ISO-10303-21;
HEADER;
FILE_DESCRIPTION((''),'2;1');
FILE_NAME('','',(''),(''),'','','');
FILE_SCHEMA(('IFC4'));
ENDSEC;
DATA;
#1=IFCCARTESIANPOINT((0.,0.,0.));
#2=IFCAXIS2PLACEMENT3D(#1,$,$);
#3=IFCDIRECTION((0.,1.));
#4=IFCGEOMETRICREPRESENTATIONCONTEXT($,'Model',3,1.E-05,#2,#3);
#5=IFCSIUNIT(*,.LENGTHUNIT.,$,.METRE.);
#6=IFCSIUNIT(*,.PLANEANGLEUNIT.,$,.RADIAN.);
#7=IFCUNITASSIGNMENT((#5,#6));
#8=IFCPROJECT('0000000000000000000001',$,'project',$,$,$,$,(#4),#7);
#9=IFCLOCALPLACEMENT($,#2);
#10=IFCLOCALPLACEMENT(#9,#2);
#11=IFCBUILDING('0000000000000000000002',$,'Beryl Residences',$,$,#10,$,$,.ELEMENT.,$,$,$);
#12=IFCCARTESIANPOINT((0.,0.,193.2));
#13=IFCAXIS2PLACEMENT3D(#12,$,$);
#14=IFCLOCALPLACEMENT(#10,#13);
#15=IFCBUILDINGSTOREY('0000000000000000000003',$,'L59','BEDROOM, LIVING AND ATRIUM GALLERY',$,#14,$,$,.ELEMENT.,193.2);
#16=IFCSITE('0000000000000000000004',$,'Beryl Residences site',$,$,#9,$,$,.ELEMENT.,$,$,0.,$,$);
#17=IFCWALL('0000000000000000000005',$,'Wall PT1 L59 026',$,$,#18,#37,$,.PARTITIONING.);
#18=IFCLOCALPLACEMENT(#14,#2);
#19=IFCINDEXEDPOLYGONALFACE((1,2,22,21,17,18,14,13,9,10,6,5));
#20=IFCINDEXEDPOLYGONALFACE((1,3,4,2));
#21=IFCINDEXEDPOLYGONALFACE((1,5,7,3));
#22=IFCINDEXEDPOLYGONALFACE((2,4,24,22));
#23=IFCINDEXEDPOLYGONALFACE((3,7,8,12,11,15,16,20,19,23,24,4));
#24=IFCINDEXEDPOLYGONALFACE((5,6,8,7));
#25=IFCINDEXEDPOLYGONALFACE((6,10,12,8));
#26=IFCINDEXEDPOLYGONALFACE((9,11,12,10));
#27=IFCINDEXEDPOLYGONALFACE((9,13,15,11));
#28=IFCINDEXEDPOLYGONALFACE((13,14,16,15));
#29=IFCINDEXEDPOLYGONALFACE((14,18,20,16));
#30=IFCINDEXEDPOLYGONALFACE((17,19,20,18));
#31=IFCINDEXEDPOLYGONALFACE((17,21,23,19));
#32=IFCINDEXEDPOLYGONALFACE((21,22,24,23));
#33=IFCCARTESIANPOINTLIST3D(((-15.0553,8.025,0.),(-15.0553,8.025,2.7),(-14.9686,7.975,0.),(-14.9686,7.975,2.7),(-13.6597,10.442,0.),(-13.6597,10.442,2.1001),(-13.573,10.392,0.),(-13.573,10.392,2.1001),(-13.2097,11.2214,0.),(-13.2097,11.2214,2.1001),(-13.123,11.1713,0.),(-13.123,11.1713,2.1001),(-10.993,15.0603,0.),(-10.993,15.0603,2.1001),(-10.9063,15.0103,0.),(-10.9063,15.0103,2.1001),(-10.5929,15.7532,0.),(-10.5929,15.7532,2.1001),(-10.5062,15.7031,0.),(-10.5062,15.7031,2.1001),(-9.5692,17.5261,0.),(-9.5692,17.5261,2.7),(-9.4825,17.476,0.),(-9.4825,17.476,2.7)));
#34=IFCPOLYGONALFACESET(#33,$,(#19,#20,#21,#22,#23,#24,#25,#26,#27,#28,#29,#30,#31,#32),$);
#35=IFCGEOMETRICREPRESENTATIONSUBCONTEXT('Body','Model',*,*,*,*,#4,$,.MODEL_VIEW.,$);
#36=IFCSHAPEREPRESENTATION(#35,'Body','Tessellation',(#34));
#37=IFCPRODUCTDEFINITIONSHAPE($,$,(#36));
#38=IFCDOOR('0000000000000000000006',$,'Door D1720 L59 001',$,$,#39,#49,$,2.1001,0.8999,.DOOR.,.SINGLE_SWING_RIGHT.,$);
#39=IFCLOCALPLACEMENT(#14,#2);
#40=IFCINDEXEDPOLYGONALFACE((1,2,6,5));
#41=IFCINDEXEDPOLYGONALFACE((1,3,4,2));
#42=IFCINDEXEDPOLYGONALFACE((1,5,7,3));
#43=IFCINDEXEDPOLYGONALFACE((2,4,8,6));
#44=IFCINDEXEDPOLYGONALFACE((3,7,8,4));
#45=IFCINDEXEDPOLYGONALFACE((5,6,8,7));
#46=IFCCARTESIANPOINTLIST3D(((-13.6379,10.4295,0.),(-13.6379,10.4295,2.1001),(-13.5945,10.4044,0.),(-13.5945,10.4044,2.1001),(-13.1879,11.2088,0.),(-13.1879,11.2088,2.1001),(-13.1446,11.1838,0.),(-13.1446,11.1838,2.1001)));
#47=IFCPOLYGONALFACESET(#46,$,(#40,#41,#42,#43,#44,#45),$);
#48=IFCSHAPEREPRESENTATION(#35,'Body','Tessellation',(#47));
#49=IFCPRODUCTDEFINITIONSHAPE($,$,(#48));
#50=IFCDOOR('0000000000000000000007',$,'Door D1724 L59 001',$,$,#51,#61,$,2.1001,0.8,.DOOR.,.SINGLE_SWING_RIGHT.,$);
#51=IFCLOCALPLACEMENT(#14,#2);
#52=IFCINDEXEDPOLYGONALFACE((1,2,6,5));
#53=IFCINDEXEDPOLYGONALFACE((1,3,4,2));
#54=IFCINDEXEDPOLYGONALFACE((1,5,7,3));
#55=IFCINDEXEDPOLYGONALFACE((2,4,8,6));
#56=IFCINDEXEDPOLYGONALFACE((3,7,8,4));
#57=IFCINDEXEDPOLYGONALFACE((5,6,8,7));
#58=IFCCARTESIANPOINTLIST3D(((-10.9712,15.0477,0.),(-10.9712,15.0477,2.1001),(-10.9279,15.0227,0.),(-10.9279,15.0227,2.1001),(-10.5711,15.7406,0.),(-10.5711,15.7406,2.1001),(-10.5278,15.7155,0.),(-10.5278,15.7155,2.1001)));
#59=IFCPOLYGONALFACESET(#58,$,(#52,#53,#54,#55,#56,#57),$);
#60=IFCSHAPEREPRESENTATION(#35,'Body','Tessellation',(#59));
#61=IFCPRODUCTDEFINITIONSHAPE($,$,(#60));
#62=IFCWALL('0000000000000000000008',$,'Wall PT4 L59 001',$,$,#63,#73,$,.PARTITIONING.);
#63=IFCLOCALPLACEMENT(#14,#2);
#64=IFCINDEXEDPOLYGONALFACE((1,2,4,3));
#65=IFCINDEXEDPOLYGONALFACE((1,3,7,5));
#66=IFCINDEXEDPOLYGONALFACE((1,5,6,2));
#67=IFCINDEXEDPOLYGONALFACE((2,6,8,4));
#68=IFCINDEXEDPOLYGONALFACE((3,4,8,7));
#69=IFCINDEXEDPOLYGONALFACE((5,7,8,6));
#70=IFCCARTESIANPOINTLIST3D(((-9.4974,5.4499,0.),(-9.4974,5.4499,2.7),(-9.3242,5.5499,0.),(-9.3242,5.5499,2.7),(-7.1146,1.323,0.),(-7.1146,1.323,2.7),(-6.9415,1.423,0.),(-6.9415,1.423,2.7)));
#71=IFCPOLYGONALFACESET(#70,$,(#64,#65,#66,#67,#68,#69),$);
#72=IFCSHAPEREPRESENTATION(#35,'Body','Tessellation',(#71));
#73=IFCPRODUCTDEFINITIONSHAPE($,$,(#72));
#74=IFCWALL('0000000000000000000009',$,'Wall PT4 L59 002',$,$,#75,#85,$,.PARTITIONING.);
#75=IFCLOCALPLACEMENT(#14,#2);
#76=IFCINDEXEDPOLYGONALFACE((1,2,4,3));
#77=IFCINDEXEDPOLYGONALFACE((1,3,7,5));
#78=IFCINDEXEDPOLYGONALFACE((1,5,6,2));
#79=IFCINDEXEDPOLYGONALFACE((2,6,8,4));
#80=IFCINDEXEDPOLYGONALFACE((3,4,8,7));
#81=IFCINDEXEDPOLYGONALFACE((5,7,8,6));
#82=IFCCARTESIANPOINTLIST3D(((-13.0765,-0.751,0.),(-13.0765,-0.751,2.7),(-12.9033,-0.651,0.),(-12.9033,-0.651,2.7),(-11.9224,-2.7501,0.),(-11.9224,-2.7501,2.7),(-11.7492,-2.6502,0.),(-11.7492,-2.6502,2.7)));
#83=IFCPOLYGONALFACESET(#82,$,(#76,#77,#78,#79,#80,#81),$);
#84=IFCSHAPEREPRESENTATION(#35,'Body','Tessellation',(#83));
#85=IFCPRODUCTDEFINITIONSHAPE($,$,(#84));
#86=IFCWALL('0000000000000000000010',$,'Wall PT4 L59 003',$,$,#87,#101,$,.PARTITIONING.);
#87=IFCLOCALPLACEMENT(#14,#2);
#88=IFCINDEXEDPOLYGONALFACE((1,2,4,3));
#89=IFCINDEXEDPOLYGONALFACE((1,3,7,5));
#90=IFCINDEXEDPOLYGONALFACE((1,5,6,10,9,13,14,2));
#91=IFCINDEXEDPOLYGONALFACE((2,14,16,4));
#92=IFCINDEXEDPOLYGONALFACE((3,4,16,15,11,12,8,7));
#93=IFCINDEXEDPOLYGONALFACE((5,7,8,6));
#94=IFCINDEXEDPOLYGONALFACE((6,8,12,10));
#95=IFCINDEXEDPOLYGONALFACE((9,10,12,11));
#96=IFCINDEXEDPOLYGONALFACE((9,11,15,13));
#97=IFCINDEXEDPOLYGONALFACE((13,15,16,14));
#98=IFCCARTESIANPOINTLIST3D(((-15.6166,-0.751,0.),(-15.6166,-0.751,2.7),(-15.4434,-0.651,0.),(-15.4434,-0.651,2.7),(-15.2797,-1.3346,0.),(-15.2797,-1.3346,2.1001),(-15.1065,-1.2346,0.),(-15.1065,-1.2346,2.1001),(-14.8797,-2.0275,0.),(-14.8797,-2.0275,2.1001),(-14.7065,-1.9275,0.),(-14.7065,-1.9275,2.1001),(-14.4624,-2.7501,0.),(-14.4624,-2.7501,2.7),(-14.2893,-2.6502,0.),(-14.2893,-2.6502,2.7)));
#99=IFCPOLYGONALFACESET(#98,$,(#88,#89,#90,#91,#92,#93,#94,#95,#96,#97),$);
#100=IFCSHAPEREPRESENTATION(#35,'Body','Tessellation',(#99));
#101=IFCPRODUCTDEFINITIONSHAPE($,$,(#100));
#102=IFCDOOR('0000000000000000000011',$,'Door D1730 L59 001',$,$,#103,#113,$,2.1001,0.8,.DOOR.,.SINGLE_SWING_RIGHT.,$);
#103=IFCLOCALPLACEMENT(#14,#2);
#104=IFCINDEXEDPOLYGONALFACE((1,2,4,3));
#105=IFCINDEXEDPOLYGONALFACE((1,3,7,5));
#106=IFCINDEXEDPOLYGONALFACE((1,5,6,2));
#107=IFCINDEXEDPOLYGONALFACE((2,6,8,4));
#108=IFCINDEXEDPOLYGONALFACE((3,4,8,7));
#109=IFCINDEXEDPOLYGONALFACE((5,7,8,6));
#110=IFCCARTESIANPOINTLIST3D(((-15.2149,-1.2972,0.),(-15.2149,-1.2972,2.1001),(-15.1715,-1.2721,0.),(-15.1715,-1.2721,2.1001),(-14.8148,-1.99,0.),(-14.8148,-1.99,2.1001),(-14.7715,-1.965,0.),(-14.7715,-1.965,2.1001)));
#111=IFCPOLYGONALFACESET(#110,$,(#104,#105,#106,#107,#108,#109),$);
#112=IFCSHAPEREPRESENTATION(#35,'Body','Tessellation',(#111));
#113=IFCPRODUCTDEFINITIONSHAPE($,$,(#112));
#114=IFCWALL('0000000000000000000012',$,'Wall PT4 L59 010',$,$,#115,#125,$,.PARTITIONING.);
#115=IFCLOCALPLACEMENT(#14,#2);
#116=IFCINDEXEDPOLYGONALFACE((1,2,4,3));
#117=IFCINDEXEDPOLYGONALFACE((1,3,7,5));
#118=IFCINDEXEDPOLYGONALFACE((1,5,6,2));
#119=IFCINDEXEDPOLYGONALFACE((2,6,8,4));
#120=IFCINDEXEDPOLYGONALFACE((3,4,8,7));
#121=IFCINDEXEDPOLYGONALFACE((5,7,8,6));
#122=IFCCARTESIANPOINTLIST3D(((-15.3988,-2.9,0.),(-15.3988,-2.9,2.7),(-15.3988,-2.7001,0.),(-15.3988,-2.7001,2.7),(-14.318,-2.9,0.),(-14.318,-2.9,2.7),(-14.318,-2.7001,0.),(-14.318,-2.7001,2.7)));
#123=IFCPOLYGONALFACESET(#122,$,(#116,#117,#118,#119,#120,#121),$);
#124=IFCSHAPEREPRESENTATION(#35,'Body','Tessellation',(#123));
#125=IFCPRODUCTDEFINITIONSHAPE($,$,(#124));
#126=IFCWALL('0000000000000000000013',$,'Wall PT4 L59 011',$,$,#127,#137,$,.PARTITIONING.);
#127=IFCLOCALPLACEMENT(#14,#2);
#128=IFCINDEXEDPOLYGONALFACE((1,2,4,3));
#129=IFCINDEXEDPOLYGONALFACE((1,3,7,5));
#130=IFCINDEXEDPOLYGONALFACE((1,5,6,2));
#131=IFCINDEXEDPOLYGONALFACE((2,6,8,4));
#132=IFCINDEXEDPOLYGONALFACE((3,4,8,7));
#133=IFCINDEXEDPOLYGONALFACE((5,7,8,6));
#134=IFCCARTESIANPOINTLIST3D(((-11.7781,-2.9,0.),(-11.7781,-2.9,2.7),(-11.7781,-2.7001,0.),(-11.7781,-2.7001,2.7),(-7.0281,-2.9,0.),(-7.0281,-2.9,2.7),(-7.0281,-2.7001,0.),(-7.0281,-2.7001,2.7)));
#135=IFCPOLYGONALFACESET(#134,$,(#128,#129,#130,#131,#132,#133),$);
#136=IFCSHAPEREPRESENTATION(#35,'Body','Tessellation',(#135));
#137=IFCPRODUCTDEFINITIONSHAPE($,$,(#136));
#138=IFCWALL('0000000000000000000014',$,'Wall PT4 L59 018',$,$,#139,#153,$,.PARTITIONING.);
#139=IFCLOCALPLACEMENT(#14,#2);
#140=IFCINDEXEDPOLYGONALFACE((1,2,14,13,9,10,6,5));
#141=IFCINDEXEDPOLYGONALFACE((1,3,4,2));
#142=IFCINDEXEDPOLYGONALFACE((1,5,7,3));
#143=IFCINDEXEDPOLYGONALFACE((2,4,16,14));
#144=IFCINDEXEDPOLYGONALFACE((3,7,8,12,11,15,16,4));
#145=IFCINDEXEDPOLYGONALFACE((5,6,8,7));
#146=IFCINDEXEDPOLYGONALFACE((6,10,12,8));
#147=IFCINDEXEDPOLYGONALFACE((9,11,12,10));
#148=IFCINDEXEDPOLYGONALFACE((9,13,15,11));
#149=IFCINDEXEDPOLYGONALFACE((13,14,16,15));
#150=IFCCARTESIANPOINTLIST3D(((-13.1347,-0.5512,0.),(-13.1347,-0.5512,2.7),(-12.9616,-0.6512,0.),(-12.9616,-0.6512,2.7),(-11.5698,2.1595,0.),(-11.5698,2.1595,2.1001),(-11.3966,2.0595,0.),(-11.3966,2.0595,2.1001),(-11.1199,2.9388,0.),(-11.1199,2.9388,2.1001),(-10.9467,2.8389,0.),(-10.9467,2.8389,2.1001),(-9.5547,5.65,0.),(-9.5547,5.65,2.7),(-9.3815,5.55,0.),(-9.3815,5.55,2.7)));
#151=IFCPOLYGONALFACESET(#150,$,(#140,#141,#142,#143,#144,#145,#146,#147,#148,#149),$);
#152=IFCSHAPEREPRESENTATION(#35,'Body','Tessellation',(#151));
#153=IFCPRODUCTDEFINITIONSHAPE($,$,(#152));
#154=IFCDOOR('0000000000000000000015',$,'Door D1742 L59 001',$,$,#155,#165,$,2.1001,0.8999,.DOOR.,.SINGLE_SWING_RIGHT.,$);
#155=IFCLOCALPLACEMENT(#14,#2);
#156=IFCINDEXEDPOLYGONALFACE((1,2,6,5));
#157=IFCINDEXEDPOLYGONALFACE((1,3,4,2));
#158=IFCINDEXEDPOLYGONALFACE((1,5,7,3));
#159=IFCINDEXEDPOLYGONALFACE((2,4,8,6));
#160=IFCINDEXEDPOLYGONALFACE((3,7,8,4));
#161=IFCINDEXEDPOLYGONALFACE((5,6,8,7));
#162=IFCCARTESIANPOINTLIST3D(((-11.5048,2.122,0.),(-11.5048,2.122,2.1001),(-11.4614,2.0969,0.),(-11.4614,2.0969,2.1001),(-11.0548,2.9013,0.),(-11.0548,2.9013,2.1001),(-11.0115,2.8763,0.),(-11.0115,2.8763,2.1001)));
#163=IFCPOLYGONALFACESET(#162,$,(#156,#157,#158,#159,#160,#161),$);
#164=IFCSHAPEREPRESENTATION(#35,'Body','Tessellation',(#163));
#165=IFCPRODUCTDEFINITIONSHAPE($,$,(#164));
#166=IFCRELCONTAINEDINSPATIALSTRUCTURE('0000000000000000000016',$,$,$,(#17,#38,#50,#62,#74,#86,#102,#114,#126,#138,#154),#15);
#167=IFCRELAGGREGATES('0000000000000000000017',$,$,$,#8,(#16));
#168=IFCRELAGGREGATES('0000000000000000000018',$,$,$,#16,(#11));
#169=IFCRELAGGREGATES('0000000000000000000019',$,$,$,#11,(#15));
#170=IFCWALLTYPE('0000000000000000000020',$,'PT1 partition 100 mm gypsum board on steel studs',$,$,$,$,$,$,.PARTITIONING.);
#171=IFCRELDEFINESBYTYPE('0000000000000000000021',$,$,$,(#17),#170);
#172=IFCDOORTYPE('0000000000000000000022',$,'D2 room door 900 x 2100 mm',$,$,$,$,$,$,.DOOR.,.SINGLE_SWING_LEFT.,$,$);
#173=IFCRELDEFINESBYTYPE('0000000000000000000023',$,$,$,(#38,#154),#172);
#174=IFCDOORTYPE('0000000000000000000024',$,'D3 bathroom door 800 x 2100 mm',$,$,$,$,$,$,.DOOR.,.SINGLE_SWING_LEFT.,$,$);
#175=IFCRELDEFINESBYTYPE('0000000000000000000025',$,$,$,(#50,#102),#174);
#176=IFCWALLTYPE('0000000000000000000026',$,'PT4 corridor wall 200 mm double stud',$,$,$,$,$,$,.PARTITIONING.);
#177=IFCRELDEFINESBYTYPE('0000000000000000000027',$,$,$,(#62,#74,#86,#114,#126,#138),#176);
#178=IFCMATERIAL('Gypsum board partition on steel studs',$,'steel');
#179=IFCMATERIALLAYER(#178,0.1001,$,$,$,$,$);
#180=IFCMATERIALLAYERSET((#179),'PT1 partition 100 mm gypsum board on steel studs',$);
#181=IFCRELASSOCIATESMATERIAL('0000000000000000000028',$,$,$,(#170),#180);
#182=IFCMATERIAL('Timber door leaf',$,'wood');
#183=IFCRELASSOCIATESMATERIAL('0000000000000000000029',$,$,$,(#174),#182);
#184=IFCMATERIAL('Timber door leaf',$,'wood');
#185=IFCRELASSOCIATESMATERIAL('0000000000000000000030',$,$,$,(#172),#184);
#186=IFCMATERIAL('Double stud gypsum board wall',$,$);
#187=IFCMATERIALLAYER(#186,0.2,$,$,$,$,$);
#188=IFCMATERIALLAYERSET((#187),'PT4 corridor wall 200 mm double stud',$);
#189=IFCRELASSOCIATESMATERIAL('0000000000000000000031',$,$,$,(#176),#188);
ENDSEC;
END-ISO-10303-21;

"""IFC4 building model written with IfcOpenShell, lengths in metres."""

from ifc_helpers import new_model, si_unit, direction, frame, frame_2d, origin, place, context, subcontext, project, spatial, rectangle, extrude, material, layer, layer_set, type_object, element, fill, save


model = new_model("IFC4")

# Units and contexts
model_context = context("Model", 3, precision=1e-05, world=origin(), true_north=direction((0.0, 1.0)))
body_context = subcontext(model_context, "Body", "Model", "MODEL_VIEW")
ifc_project = project(units=[si_unit("LENGTHUNIT", "METRE"), si_unit("PLANEANGLEUNIT", "RADIAN")], contexts=[model_context])

# Site, building, storey
site_placement = place(None, origin())
site = spatial("IfcSite", under=ifc_project, at=site_placement, Name="Beryl Residences site", CompositionType="ELEMENT", RefElevation=0.0)
building_placement = place(site_placement, origin())
building = spatial("IfcBuilding", under=site, at=building_placement, Name="Beryl Residences", CompositionType="ELEMENT")
storey_placement = place(building_placement, frame((0.0, 0.0, 193.2)))
storey = spatial("IfcBuildingStorey", under=building, at=storey_placement, Name="L59", Description="BEDROOM, LIVING AND ATRIUM GALLERY", CompositionType="ELEMENT", Elevation=193.2)

# Shared definitions
ifc_material_1 = material(Name="Gypsum board partition on steel studs", Category="steel")
ifc_layer_1 = layer(ifc_material_1, 0.1001)
ifc_layer_set_1 = layer_set([ifc_layer_1], Name="PT1 partition 100 mm gypsum board on steel studs")
wall_type_1 = type_object("IfcWallType", Name="PT1 partition 100 mm gypsum board on steel studs", PredefinedType="PARTITIONING", material=ifc_layer_set_1)
ifc_material_2 = material(Name="Timber door leaf", Category="wood")
door_type_1 = type_object("IfcDoorType", Name="D3 bathroom door 800 x 2100 mm", OperationType="SINGLE_SWING_LEFT", PredefinedType="DOOR", material=ifc_material_2)
ifc_material_3 = material(Name="Timber door leaf", Category="wood")
door_type_2 = type_object("IfcDoorType", Name="D2 room door 900 x 2100 mm", OperationType="SINGLE_SWING_LEFT", PredefinedType="DOOR", material=ifc_material_3)

# Wall, openings, doors
wall_1_placement = place(storey_placement, frame((-15.012, 8.0, 0.0), z_axis=(0.0, 0.0, 1.0), x_axis=(0.500047, 0.865998, 0.0)))
wall_1 = element("IfcWall", 1, at=wall_1_placement, inside=storey, type_object=wall_type_1, Name="Wall PT1 L59 026", PredefinedType="PARTITIONING", context=body_context, shape_type="SweptSolid", body=[
    extrude(rectangle(XDim=10.9712, YDim=0.1001, at=frame_2d((5.4856, 0.0))), origin(), (0.0, 0.0, 1.0), 2.7),
])
opening_1_placement = place(wall_1_placement, frame((2.791, 0.0, 0.0)))
opening_1 = element("IfcOpeningElement", 2, at=opening_1_placement, cuts=wall_1, PredefinedType="OPENING", context=body_context, shape_type="SweptSolid", body=[
    extrude(rectangle(XDim=0.8999, YDim=2.1001, at=frame_2d((0.45, 1.05))), frame((0.0, 0.0601, 0.0), z_axis=(0.0, -1.0, 0.0), x_axis=(1.0, 0.0, 0.0)), (0.0, 0.0, 1.0), 0.1201),
])
opening_2_placement = place(wall_1_placement, frame((8.124, 0.0, 0.0)))
opening_2 = element("IfcOpeningElement", 3, at=opening_2_placement, cuts=wall_1, PredefinedType="OPENING", context=body_context, shape_type="SweptSolid", body=[
    extrude(rectangle(XDim=0.8, YDim=2.1001, at=frame_2d((0.3999, 1.05))), frame((0.0, 0.0601, 0.0), z_axis=(0.0, -1.0, 0.0), x_axis=(1.0, 0.0, 0.0)), (0.0, 0.0, 1.0), 0.1201),
])
door_1_placement = place(opening_1_placement, origin())
door_1 = element("IfcDoor", 4, at=door_1_placement, inside=storey, type_object=door_type_2, Name="Door D1720 L59 001", OperationType="SINGLE_SWING_RIGHT", OverallHeight=2.1001, OverallWidth=0.8999, PredefinedType="DOOR", context=body_context, shape_type="SweptSolid", body=[
    extrude(rectangle(XDim=0.8999, YDim=2.1001, at=frame_2d((0.45, 1.05))), frame((0.0, 0.0249, 0.0), z_axis=(0.0, -1.0, 0.0), x_axis=(1.0, 0.0, 0.0)), (0.0, 0.0, 1.0), 0.05),
])
fill(opening_1, door_1)
door_2_placement = place(opening_2_placement, origin())
door_2 = element("IfcDoor", 5, at=door_2_placement, inside=storey, type_object=door_type_1, Name="Door D1724 L59 001", OperationType="SINGLE_SWING_RIGHT", OverallHeight=2.1001, OverallWidth=0.8, PredefinedType="DOOR", context=body_context, shape_type="SweptSolid", body=[
    extrude(rectangle(XDim=0.8, YDim=2.1001, at=frame_2d((0.3999, 1.05))), frame((0.0, 0.0249, 0.0), z_axis=(0.0, -1.0, 0.0), x_axis=(1.0, 0.0, 0.0)), (0.0, 0.0, 1.0), 0.05),
])
fill(opening_2, door_2)

# Walls
ifc_material_4 = material(Name="Double stud gypsum board wall")
ifc_layer_2 = layer(ifc_material_4, 0.2)
ifc_layer_set_2 = layer_set([ifc_layer_2], Name="PT4 corridor wall 200 mm double stud")
wall_type_2 = type_object("IfcWallType", Name="PT4 corridor wall 200 mm double stud", PredefinedType="PARTITIONING", material=ifc_layer_set_2)
wall_2_placement = place(storey_placement, frame((-9.4109, 5.5, 0.0), z_axis=(0.0, 0.0, 1.0), x_axis=(0.500018, -0.866015, 0.0)))
element("IfcWall", 6, at=wall_2_placement, inside=storey, type_object=wall_type_2, Name="Wall PT4 L59 001", PredefinedType="PARTITIONING", context=body_context, shape_type="SweptSolid", body=[
    extrude(rectangle(XDim=4.7654, YDim=0.2, at=frame_2d((2.3828, 0.0))), origin(), (0.0, 0.0, 1.0), 2.7),
])
wall_3_placement = place(storey_placement, frame((-12.99, -0.7009, 0.0), z_axis=(0.0, 0.0, 1.0), x_axis=(0.499973, -0.866041, 0.0)))
element("IfcWall", 7, at=wall_3_placement, inside=storey, type_object=wall_type_2, Name="Wall PT4 L59 002", PredefinedType="PARTITIONING", context=body_context, shape_type="SweptSolid", body=[
    extrude(rectangle(XDim=2.3083, YDim=0.2, at=frame_2d((1.1543, 0.0))), origin(), (0.0, 0.0, 1.0), 2.7),
])

# Wall, opening, door
wall_4_placement = place(storey_placement, frame((-15.53, -0.7009, 0.0), z_axis=(0.0, 0.0, 1.0), x_axis=(0.499973, -0.866041, 0.0)))
wall_4 = element("IfcWall", 8, at=wall_4_placement, inside=storey, type_object=wall_type_2, Name="Wall PT4 L59 003", PredefinedType="PARTITIONING", context=body_context, shape_type="SweptSolid", body=[
    extrude(rectangle(XDim=2.3083, YDim=0.2, at=frame_2d((1.1543, 0.0))), origin(), (0.0, 0.0, 1.0), 2.7),
])
opening_3_placement = place(wall_4_placement, frame((0.6741, 0.0, 0.0)))
opening_3 = element("IfcOpeningElement", 9, at=opening_3_placement, cuts=wall_4, PredefinedType="OPENING", context=body_context, shape_type="SweptSolid", body=[
    extrude(rectangle(XDim=0.8, YDim=2.1001, at=frame_2d((0.3999, 1.05))), frame((0.0, 0.1099, 0.0), z_axis=(0.0, -1.0, 0.0), x_axis=(1.0, 0.0, 0.0)), (0.0, 0.0, 1.0), 0.22),
])
door_3_placement = place(opening_3_placement, origin())
door_3 = element("IfcDoor", 10, at=door_3_placement, inside=storey, type_object=door_type_1, Name="Door D1730 L59 001", OperationType="SINGLE_SWING_RIGHT", OverallHeight=2.1001, OverallWidth=0.8, PredefinedType="DOOR", context=body_context, shape_type="SweptSolid", body=[
    extrude(rectangle(XDim=0.8, YDim=2.1001, at=frame_2d((0.3999, 1.05))), frame((0.0, 0.0249, 0.0), z_axis=(0.0, -1.0, 0.0), x_axis=(1.0, 0.0, 0.0)), (0.0, 0.0, 1.0), 0.05),
])
fill(opening_3, door_3)

# Walls
wall_5_placement = place(storey_placement, frame((-15.3989, -2.8, 0.0), z_axis=(0.0, 0.0, 1.0), x_axis=(1.0, 0.0, 0.0)))
element("IfcWall", 11, at=wall_5_placement, inside=storey, type_object=wall_type_2, Name="Wall PT4 L59 010", PredefinedType="PARTITIONING", context=body_context, shape_type="SweptSolid", body=[
    extrude(rectangle(XDim=1.0808, YDim=0.2, at=frame_2d((0.5405, 0.0))), origin(), (0.0, 0.0, 1.0), 2.7),
])
wall_6_placement = place(storey_placement, frame((-11.7781, -2.8, 0.0), z_axis=(0.0, 0.0, 1.0), x_axis=(1.0, 0.0, 0.0)))
element("IfcWall", 12, at=wall_6_placement, inside=storey, type_object=wall_type_2, Name="Wall PT4 L59 011", PredefinedType="PARTITIONING", context=body_context, shape_type="SweptSolid", body=[
    extrude(rectangle(XDim=4.75, YDim=0.2, at=frame_2d((2.375, 0.0))), origin(), (0.0, 0.0, 1.0), 2.7),
])

# Wall, opening, door
wall_7_placement = place(storey_placement, frame((-13.0481, -0.6011, 0.0), z_axis=(0.0, 0.0, 1.0), x_axis=(0.499982, 0.866036, 0.0)))
wall_7 = element("IfcWall", 13, at=wall_7_placement, inside=storey, type_object=wall_type_2, Name="Wall PT4 L59 018", PredefinedType="PARTITIONING", context=body_context, shape_type="SweptSolid", body=[
    extrude(rectangle(XDim=7.1604, YDim=0.2, at=frame_2d((3.5801, 0.0))), origin(), (0.0, 0.0, 1.0), 2.7),
])
opening_4_placement = place(wall_7_placement, frame((3.1299, 0.0, 0.0)))
opening_4 = element("IfcOpeningElement", 14, at=opening_4_placement, cuts=wall_7, PredefinedType="OPENING", context=body_context, shape_type="SweptSolid", body=[
    extrude(rectangle(XDim=0.8999, YDim=2.1001, at=frame_2d((0.45, 1.05))), frame((0.0, 0.1099, 0.0), z_axis=(0.0, -1.0, 0.0), x_axis=(1.0, 0.0, 0.0)), (0.0, 0.0, 1.0), 0.22),
])
door_4_placement = place(opening_4_placement, origin())
door_4 = element("IfcDoor", 15, at=door_4_placement, inside=storey, type_object=door_type_2, Name="Door D1742 L59 001", OperationType="SINGLE_SWING_RIGHT", OverallHeight=2.1001, OverallWidth=0.8999, PredefinedType="DOOR", context=body_context, shape_type="SweptSolid", body=[
    extrude(rectangle(XDim=0.8999, YDim=2.1001, at=frame_2d((0.45, 1.05))), frame((0.0, 0.0249, 0.0), z_axis=(0.0, -1.0, 0.0), x_axis=(1.0, 0.0, 0.0)), (0.0, 0.0, 1.0), 0.05),
])
fill(opening_4, door_4)

save(model, "model.ifc")
